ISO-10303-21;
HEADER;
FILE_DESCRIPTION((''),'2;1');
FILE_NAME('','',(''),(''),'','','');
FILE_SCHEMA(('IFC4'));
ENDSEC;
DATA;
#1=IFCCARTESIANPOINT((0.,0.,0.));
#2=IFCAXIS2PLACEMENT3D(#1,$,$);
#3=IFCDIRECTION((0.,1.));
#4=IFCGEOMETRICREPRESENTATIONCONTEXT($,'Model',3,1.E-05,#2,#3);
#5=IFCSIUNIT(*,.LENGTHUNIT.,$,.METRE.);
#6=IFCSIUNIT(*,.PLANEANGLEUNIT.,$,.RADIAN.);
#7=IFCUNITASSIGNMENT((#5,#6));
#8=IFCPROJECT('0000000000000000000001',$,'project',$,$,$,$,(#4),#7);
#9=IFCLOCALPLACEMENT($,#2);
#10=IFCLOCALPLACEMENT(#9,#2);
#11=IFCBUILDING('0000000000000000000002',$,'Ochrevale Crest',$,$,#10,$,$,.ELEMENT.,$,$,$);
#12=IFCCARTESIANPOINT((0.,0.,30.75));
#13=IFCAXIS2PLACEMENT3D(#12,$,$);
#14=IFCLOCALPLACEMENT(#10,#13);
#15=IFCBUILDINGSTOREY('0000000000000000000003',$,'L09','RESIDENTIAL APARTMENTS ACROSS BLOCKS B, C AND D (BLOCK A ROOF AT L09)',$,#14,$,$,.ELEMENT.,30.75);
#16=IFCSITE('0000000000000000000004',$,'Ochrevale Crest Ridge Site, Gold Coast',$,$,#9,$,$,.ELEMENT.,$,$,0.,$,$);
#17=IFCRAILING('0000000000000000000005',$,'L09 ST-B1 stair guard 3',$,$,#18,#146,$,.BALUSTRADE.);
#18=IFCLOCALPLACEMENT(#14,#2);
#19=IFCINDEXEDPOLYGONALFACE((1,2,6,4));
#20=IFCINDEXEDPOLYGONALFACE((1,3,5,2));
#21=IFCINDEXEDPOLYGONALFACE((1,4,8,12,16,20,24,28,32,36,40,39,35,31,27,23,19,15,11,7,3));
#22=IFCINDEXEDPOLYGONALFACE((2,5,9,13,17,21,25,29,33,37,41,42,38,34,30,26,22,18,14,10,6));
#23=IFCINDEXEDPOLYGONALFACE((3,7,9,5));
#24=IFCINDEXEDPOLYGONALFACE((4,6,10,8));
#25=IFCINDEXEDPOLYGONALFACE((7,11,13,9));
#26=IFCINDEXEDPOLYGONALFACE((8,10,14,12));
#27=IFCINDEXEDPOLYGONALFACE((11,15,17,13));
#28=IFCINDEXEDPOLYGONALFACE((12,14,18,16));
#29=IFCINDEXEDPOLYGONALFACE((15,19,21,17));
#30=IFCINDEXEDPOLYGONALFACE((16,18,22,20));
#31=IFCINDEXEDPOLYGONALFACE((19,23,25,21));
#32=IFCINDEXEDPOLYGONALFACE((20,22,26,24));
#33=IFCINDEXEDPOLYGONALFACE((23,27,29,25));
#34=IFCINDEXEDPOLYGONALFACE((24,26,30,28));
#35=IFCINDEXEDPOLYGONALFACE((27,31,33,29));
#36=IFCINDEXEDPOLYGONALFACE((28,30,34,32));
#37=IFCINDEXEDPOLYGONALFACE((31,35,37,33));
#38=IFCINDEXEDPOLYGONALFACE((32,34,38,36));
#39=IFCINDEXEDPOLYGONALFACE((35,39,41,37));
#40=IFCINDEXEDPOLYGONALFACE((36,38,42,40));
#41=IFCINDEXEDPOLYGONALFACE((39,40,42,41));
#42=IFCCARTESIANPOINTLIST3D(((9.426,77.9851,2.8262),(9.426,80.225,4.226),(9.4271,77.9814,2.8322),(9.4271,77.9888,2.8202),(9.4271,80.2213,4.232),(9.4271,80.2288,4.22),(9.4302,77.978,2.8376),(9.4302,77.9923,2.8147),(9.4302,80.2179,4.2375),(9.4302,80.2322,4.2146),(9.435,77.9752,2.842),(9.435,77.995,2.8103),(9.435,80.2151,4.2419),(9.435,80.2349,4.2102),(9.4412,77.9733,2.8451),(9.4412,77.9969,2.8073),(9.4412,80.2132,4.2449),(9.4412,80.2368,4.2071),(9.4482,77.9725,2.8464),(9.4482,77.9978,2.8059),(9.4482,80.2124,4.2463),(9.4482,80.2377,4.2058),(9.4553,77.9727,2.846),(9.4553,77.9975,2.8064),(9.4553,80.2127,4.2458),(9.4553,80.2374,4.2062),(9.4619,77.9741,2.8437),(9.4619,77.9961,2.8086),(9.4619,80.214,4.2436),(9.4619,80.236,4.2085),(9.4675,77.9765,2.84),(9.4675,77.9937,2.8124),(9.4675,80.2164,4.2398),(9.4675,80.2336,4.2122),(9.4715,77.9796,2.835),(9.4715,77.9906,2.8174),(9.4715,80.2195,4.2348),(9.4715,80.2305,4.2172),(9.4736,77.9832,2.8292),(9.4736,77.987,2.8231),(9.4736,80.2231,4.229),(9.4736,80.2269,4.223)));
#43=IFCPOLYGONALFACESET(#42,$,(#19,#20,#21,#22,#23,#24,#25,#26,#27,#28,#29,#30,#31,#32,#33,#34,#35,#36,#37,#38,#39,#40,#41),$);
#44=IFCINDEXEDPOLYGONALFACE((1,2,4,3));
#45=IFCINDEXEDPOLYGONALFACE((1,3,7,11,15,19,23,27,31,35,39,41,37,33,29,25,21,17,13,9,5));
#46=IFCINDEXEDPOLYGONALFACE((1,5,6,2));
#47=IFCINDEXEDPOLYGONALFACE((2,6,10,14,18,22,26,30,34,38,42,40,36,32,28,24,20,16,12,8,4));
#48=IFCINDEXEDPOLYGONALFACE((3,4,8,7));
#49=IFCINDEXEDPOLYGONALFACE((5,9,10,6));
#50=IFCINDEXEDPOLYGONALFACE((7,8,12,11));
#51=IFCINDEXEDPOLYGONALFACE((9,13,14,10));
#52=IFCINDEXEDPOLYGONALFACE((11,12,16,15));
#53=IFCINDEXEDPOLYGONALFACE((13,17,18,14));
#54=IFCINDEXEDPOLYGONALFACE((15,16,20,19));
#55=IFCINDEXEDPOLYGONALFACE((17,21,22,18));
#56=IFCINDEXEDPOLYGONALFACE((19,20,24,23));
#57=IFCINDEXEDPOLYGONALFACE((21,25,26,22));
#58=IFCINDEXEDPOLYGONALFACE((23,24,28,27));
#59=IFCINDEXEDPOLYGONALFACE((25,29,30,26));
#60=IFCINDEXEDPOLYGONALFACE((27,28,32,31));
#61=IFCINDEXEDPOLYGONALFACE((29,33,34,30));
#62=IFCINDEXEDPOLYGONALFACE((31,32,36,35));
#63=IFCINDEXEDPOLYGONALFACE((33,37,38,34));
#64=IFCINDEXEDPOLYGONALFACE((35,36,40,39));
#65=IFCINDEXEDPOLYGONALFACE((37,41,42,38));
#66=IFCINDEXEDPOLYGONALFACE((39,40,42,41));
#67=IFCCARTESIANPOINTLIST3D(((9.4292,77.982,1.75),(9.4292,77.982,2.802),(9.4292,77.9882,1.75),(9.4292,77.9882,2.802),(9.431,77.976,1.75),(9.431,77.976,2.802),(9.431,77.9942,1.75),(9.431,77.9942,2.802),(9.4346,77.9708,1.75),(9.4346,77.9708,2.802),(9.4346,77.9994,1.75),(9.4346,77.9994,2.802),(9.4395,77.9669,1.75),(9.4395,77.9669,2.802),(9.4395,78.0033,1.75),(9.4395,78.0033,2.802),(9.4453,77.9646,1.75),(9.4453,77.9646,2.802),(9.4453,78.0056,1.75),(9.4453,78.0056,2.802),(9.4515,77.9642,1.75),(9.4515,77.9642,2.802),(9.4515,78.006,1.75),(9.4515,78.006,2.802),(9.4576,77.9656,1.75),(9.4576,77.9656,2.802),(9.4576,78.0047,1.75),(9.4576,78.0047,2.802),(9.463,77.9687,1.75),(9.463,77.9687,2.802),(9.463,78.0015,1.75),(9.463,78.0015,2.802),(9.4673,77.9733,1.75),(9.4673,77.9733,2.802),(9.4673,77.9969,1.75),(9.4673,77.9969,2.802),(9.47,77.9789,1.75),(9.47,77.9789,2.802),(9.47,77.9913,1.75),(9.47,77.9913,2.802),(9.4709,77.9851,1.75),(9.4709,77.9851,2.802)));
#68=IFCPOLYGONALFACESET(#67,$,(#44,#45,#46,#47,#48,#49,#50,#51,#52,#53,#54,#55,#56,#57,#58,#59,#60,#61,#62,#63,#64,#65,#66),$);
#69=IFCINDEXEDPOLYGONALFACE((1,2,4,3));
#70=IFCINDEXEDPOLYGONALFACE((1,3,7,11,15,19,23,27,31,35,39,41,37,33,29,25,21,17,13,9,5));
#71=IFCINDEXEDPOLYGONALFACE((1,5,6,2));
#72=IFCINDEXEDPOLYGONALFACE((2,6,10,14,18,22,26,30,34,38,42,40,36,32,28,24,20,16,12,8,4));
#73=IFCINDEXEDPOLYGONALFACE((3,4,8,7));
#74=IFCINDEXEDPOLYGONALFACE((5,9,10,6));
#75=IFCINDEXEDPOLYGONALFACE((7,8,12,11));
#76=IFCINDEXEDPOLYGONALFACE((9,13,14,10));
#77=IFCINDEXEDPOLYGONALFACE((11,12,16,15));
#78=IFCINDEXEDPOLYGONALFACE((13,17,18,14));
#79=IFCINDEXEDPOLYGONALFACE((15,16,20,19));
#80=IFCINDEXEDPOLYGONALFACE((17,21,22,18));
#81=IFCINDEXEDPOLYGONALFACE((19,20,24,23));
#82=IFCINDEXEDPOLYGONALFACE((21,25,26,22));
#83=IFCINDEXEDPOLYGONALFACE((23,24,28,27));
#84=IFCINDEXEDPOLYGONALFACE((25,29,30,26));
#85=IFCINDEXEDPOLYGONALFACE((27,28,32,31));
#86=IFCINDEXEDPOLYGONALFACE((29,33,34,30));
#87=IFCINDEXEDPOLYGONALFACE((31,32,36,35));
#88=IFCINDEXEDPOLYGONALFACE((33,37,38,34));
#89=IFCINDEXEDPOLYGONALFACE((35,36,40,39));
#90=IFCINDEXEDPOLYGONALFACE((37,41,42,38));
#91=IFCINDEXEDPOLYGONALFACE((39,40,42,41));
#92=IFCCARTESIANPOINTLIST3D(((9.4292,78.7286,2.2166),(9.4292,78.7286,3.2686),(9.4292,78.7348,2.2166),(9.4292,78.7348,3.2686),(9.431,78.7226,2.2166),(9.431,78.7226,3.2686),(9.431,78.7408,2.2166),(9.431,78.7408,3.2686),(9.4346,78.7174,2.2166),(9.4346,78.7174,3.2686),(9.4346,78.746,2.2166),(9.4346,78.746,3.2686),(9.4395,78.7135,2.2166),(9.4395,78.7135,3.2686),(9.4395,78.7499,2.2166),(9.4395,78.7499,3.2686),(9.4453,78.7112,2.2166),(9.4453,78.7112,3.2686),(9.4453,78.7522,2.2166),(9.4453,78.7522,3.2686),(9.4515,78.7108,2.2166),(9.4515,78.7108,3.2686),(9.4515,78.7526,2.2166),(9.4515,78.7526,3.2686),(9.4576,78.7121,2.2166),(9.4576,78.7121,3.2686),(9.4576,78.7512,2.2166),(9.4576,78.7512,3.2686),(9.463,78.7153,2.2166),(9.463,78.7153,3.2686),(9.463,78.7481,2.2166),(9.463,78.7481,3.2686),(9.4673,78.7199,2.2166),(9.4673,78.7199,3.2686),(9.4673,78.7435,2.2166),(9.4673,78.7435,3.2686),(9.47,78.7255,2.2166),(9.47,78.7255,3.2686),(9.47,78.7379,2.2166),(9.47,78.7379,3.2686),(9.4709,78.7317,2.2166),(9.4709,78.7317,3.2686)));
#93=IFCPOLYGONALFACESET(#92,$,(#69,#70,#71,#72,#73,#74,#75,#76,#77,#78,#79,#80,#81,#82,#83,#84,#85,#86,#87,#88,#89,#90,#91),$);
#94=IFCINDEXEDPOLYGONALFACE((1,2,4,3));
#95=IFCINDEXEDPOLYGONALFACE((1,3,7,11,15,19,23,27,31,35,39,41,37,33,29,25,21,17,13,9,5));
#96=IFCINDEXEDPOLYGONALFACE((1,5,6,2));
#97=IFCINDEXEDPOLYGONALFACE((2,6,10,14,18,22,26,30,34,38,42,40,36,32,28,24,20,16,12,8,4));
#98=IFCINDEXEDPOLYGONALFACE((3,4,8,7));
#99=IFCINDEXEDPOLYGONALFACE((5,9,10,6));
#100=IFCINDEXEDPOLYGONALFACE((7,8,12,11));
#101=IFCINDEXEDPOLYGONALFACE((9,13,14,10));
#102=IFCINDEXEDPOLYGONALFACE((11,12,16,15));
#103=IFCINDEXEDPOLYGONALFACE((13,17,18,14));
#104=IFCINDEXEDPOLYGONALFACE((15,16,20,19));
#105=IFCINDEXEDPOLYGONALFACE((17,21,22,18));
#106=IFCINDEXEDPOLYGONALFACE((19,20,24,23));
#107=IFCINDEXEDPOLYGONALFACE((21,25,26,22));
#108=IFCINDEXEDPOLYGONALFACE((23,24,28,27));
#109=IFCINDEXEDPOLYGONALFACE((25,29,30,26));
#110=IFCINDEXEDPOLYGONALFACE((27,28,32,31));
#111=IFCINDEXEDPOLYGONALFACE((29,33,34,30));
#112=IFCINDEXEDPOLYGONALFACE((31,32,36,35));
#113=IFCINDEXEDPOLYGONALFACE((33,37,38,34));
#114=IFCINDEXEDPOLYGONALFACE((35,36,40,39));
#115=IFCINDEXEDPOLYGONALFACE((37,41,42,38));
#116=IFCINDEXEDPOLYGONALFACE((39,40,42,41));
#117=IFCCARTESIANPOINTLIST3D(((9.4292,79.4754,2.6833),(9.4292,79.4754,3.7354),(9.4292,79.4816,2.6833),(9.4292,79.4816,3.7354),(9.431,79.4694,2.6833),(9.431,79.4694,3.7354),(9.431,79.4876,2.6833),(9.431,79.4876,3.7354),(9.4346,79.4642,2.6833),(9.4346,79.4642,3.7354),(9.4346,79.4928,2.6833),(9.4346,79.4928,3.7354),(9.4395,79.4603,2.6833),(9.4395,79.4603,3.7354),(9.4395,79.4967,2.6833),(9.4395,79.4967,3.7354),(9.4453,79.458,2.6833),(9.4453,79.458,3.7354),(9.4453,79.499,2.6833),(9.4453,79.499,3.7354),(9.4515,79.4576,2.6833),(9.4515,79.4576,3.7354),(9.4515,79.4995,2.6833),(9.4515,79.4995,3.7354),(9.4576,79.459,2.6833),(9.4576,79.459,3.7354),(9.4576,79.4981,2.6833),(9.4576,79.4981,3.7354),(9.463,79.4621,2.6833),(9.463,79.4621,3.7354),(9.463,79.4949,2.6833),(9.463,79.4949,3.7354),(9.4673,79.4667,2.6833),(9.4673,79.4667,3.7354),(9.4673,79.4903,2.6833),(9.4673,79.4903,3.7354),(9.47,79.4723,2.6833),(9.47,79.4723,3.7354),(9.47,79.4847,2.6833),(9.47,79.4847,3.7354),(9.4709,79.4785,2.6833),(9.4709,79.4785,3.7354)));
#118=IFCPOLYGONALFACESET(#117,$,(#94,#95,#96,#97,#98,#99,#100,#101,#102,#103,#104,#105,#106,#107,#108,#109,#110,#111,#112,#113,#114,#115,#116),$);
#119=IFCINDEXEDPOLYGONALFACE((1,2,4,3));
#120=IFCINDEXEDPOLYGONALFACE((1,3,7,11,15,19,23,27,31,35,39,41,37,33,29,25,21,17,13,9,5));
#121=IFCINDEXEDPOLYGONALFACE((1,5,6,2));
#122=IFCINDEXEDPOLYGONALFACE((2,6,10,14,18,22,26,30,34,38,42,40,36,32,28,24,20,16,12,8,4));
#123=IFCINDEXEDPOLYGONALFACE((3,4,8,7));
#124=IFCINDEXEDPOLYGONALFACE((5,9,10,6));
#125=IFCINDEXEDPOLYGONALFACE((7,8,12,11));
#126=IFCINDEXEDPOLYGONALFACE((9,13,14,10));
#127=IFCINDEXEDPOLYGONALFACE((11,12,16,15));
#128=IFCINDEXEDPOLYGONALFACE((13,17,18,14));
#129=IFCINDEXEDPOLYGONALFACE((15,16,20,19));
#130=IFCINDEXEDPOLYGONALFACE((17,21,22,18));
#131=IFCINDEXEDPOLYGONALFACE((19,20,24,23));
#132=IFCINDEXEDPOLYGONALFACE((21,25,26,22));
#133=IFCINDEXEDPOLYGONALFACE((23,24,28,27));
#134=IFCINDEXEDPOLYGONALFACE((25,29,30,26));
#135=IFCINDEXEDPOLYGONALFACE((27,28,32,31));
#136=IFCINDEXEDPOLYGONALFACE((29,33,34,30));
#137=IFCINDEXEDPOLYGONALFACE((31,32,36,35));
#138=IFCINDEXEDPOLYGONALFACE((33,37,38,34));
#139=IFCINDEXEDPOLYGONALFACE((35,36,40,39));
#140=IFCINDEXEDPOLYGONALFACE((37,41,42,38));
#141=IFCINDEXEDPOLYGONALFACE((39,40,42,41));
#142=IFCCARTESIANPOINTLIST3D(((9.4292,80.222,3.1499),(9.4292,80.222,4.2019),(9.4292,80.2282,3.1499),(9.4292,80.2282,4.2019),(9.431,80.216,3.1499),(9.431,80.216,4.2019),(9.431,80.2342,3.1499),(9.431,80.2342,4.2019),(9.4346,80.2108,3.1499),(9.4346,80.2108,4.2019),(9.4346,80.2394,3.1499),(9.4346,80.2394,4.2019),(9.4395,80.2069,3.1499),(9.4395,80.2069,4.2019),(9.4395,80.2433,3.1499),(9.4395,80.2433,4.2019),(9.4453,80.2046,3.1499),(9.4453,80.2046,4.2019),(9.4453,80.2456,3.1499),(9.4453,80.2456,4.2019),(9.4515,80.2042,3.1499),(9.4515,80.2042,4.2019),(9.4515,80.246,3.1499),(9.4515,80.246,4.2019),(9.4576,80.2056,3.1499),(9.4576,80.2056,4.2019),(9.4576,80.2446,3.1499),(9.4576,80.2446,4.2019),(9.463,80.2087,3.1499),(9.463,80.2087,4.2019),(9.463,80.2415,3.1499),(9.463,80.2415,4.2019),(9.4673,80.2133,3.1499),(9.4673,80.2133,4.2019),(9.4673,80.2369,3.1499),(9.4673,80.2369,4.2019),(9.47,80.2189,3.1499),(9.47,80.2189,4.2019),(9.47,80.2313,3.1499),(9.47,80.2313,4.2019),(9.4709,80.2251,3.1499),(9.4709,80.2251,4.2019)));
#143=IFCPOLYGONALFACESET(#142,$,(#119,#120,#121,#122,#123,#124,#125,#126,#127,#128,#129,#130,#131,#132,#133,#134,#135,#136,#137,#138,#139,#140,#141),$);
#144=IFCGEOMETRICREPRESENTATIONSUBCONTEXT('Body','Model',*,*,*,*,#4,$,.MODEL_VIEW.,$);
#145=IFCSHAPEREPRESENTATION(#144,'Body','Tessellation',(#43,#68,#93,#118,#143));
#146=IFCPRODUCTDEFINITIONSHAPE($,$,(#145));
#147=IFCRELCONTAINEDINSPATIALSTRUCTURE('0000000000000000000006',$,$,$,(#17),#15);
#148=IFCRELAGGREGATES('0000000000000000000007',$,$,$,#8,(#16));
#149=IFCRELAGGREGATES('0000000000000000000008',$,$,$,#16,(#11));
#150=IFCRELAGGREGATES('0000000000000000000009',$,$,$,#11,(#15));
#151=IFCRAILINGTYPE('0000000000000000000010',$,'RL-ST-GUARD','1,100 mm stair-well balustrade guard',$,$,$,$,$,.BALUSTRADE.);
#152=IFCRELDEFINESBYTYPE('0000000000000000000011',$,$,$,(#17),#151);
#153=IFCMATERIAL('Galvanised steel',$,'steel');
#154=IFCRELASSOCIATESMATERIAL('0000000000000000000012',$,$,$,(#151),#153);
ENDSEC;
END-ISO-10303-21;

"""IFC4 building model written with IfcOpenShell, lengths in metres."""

from ifc_helpers import new_model, si_unit, direction, frame, origin, origin_2d, place, context, subcontext, project, spatial, circle, extrude, material, type_object, element, save


model = new_model("IFC4")

# Units and contexts
model_context = context("Model", 3, precision=1e-05, world=origin(), true_north=direction((0.0, 1.0)))
body_context = subcontext(model_context, "Body", "Model", "MODEL_VIEW")
ifc_project = project(units=[si_unit("LENGTHUNIT", "METRE"), si_unit("PLANEANGLEUNIT", "RADIAN")], contexts=[model_context])

# Site, building, storey
site_placement = place(None, origin())
site = spatial("IfcSite", under=ifc_project, at=site_placement, Name="Ochrevale Crest Ridge Site, Gold Coast", CompositionType="ELEMENT", RefElevation=0.0)
building_placement = place(site_placement, origin())
building = spatial("IfcBuilding", under=site, at=building_placement, Name="Ochrevale Crest", CompositionType="ELEMENT")
storey_placement = place(building_placement, frame((0.0, 0.0, 30.75)))
storey = spatial("IfcBuildingStorey", under=building, at=storey_placement, Name="L09", Description="RESIDENTIAL APARTMENTS ACROSS BLOCKS B, C AND D (BLOCK A ROOF AT L09)", CompositionType="ELEMENT", Elevation=30.75)

# Railing
ifc_material_1 = material(Name="Galvanised steel", Category="steel")
railing_type_1 = type_object("IfcRailingType", Name="RL-ST-GUARD", Description="1,100 mm stair-well balustrade guard", PredefinedType="BALUSTRADE", material=ifc_material_1)
railing_1_placement = place(storey_placement, frame((9.45, 77.9851, 1.75)))
element("IfcRailing", 1, at=railing_1_placement, inside=storey, type_object=railing_type_1, Name="L09 ST-B1 stair guard 3", PredefinedType="BALUSTRADE", context=body_context, shape_type="SweptSolid", body=[
    extrude(circle(Radius=0.0239, at=origin_2d()), frame((0.0, 0.0, 1.0762), z_axis=(0.0, 0.848014, 0.529974), x_axis=(-1.0, 0.0, 0.0)), (0.0, 0.0, 1.0), 2.6414),
    extrude(circle(Radius=0.021, at=origin_2d()), origin(), (0.0, 0.0, 1.0), 1.052),
    extrude(circle(Radius=0.021, at=origin_2d()), frame((0.0, 0.7466, 0.4666)), (0.0, 0.0, 1.0), 1.052),
    extrude(circle(Radius=0.021, at=origin_2d()), frame((0.0, 1.4934, 0.9333)), (0.0, 0.0, 1.0), 1.052),
    extrude(circle(Radius=0.021, at=origin_2d()), frame((0.0, 2.24, 1.3999)), (0.0, 0.0, 1.0), 1.052),
])

save(model, "model.ifc")
